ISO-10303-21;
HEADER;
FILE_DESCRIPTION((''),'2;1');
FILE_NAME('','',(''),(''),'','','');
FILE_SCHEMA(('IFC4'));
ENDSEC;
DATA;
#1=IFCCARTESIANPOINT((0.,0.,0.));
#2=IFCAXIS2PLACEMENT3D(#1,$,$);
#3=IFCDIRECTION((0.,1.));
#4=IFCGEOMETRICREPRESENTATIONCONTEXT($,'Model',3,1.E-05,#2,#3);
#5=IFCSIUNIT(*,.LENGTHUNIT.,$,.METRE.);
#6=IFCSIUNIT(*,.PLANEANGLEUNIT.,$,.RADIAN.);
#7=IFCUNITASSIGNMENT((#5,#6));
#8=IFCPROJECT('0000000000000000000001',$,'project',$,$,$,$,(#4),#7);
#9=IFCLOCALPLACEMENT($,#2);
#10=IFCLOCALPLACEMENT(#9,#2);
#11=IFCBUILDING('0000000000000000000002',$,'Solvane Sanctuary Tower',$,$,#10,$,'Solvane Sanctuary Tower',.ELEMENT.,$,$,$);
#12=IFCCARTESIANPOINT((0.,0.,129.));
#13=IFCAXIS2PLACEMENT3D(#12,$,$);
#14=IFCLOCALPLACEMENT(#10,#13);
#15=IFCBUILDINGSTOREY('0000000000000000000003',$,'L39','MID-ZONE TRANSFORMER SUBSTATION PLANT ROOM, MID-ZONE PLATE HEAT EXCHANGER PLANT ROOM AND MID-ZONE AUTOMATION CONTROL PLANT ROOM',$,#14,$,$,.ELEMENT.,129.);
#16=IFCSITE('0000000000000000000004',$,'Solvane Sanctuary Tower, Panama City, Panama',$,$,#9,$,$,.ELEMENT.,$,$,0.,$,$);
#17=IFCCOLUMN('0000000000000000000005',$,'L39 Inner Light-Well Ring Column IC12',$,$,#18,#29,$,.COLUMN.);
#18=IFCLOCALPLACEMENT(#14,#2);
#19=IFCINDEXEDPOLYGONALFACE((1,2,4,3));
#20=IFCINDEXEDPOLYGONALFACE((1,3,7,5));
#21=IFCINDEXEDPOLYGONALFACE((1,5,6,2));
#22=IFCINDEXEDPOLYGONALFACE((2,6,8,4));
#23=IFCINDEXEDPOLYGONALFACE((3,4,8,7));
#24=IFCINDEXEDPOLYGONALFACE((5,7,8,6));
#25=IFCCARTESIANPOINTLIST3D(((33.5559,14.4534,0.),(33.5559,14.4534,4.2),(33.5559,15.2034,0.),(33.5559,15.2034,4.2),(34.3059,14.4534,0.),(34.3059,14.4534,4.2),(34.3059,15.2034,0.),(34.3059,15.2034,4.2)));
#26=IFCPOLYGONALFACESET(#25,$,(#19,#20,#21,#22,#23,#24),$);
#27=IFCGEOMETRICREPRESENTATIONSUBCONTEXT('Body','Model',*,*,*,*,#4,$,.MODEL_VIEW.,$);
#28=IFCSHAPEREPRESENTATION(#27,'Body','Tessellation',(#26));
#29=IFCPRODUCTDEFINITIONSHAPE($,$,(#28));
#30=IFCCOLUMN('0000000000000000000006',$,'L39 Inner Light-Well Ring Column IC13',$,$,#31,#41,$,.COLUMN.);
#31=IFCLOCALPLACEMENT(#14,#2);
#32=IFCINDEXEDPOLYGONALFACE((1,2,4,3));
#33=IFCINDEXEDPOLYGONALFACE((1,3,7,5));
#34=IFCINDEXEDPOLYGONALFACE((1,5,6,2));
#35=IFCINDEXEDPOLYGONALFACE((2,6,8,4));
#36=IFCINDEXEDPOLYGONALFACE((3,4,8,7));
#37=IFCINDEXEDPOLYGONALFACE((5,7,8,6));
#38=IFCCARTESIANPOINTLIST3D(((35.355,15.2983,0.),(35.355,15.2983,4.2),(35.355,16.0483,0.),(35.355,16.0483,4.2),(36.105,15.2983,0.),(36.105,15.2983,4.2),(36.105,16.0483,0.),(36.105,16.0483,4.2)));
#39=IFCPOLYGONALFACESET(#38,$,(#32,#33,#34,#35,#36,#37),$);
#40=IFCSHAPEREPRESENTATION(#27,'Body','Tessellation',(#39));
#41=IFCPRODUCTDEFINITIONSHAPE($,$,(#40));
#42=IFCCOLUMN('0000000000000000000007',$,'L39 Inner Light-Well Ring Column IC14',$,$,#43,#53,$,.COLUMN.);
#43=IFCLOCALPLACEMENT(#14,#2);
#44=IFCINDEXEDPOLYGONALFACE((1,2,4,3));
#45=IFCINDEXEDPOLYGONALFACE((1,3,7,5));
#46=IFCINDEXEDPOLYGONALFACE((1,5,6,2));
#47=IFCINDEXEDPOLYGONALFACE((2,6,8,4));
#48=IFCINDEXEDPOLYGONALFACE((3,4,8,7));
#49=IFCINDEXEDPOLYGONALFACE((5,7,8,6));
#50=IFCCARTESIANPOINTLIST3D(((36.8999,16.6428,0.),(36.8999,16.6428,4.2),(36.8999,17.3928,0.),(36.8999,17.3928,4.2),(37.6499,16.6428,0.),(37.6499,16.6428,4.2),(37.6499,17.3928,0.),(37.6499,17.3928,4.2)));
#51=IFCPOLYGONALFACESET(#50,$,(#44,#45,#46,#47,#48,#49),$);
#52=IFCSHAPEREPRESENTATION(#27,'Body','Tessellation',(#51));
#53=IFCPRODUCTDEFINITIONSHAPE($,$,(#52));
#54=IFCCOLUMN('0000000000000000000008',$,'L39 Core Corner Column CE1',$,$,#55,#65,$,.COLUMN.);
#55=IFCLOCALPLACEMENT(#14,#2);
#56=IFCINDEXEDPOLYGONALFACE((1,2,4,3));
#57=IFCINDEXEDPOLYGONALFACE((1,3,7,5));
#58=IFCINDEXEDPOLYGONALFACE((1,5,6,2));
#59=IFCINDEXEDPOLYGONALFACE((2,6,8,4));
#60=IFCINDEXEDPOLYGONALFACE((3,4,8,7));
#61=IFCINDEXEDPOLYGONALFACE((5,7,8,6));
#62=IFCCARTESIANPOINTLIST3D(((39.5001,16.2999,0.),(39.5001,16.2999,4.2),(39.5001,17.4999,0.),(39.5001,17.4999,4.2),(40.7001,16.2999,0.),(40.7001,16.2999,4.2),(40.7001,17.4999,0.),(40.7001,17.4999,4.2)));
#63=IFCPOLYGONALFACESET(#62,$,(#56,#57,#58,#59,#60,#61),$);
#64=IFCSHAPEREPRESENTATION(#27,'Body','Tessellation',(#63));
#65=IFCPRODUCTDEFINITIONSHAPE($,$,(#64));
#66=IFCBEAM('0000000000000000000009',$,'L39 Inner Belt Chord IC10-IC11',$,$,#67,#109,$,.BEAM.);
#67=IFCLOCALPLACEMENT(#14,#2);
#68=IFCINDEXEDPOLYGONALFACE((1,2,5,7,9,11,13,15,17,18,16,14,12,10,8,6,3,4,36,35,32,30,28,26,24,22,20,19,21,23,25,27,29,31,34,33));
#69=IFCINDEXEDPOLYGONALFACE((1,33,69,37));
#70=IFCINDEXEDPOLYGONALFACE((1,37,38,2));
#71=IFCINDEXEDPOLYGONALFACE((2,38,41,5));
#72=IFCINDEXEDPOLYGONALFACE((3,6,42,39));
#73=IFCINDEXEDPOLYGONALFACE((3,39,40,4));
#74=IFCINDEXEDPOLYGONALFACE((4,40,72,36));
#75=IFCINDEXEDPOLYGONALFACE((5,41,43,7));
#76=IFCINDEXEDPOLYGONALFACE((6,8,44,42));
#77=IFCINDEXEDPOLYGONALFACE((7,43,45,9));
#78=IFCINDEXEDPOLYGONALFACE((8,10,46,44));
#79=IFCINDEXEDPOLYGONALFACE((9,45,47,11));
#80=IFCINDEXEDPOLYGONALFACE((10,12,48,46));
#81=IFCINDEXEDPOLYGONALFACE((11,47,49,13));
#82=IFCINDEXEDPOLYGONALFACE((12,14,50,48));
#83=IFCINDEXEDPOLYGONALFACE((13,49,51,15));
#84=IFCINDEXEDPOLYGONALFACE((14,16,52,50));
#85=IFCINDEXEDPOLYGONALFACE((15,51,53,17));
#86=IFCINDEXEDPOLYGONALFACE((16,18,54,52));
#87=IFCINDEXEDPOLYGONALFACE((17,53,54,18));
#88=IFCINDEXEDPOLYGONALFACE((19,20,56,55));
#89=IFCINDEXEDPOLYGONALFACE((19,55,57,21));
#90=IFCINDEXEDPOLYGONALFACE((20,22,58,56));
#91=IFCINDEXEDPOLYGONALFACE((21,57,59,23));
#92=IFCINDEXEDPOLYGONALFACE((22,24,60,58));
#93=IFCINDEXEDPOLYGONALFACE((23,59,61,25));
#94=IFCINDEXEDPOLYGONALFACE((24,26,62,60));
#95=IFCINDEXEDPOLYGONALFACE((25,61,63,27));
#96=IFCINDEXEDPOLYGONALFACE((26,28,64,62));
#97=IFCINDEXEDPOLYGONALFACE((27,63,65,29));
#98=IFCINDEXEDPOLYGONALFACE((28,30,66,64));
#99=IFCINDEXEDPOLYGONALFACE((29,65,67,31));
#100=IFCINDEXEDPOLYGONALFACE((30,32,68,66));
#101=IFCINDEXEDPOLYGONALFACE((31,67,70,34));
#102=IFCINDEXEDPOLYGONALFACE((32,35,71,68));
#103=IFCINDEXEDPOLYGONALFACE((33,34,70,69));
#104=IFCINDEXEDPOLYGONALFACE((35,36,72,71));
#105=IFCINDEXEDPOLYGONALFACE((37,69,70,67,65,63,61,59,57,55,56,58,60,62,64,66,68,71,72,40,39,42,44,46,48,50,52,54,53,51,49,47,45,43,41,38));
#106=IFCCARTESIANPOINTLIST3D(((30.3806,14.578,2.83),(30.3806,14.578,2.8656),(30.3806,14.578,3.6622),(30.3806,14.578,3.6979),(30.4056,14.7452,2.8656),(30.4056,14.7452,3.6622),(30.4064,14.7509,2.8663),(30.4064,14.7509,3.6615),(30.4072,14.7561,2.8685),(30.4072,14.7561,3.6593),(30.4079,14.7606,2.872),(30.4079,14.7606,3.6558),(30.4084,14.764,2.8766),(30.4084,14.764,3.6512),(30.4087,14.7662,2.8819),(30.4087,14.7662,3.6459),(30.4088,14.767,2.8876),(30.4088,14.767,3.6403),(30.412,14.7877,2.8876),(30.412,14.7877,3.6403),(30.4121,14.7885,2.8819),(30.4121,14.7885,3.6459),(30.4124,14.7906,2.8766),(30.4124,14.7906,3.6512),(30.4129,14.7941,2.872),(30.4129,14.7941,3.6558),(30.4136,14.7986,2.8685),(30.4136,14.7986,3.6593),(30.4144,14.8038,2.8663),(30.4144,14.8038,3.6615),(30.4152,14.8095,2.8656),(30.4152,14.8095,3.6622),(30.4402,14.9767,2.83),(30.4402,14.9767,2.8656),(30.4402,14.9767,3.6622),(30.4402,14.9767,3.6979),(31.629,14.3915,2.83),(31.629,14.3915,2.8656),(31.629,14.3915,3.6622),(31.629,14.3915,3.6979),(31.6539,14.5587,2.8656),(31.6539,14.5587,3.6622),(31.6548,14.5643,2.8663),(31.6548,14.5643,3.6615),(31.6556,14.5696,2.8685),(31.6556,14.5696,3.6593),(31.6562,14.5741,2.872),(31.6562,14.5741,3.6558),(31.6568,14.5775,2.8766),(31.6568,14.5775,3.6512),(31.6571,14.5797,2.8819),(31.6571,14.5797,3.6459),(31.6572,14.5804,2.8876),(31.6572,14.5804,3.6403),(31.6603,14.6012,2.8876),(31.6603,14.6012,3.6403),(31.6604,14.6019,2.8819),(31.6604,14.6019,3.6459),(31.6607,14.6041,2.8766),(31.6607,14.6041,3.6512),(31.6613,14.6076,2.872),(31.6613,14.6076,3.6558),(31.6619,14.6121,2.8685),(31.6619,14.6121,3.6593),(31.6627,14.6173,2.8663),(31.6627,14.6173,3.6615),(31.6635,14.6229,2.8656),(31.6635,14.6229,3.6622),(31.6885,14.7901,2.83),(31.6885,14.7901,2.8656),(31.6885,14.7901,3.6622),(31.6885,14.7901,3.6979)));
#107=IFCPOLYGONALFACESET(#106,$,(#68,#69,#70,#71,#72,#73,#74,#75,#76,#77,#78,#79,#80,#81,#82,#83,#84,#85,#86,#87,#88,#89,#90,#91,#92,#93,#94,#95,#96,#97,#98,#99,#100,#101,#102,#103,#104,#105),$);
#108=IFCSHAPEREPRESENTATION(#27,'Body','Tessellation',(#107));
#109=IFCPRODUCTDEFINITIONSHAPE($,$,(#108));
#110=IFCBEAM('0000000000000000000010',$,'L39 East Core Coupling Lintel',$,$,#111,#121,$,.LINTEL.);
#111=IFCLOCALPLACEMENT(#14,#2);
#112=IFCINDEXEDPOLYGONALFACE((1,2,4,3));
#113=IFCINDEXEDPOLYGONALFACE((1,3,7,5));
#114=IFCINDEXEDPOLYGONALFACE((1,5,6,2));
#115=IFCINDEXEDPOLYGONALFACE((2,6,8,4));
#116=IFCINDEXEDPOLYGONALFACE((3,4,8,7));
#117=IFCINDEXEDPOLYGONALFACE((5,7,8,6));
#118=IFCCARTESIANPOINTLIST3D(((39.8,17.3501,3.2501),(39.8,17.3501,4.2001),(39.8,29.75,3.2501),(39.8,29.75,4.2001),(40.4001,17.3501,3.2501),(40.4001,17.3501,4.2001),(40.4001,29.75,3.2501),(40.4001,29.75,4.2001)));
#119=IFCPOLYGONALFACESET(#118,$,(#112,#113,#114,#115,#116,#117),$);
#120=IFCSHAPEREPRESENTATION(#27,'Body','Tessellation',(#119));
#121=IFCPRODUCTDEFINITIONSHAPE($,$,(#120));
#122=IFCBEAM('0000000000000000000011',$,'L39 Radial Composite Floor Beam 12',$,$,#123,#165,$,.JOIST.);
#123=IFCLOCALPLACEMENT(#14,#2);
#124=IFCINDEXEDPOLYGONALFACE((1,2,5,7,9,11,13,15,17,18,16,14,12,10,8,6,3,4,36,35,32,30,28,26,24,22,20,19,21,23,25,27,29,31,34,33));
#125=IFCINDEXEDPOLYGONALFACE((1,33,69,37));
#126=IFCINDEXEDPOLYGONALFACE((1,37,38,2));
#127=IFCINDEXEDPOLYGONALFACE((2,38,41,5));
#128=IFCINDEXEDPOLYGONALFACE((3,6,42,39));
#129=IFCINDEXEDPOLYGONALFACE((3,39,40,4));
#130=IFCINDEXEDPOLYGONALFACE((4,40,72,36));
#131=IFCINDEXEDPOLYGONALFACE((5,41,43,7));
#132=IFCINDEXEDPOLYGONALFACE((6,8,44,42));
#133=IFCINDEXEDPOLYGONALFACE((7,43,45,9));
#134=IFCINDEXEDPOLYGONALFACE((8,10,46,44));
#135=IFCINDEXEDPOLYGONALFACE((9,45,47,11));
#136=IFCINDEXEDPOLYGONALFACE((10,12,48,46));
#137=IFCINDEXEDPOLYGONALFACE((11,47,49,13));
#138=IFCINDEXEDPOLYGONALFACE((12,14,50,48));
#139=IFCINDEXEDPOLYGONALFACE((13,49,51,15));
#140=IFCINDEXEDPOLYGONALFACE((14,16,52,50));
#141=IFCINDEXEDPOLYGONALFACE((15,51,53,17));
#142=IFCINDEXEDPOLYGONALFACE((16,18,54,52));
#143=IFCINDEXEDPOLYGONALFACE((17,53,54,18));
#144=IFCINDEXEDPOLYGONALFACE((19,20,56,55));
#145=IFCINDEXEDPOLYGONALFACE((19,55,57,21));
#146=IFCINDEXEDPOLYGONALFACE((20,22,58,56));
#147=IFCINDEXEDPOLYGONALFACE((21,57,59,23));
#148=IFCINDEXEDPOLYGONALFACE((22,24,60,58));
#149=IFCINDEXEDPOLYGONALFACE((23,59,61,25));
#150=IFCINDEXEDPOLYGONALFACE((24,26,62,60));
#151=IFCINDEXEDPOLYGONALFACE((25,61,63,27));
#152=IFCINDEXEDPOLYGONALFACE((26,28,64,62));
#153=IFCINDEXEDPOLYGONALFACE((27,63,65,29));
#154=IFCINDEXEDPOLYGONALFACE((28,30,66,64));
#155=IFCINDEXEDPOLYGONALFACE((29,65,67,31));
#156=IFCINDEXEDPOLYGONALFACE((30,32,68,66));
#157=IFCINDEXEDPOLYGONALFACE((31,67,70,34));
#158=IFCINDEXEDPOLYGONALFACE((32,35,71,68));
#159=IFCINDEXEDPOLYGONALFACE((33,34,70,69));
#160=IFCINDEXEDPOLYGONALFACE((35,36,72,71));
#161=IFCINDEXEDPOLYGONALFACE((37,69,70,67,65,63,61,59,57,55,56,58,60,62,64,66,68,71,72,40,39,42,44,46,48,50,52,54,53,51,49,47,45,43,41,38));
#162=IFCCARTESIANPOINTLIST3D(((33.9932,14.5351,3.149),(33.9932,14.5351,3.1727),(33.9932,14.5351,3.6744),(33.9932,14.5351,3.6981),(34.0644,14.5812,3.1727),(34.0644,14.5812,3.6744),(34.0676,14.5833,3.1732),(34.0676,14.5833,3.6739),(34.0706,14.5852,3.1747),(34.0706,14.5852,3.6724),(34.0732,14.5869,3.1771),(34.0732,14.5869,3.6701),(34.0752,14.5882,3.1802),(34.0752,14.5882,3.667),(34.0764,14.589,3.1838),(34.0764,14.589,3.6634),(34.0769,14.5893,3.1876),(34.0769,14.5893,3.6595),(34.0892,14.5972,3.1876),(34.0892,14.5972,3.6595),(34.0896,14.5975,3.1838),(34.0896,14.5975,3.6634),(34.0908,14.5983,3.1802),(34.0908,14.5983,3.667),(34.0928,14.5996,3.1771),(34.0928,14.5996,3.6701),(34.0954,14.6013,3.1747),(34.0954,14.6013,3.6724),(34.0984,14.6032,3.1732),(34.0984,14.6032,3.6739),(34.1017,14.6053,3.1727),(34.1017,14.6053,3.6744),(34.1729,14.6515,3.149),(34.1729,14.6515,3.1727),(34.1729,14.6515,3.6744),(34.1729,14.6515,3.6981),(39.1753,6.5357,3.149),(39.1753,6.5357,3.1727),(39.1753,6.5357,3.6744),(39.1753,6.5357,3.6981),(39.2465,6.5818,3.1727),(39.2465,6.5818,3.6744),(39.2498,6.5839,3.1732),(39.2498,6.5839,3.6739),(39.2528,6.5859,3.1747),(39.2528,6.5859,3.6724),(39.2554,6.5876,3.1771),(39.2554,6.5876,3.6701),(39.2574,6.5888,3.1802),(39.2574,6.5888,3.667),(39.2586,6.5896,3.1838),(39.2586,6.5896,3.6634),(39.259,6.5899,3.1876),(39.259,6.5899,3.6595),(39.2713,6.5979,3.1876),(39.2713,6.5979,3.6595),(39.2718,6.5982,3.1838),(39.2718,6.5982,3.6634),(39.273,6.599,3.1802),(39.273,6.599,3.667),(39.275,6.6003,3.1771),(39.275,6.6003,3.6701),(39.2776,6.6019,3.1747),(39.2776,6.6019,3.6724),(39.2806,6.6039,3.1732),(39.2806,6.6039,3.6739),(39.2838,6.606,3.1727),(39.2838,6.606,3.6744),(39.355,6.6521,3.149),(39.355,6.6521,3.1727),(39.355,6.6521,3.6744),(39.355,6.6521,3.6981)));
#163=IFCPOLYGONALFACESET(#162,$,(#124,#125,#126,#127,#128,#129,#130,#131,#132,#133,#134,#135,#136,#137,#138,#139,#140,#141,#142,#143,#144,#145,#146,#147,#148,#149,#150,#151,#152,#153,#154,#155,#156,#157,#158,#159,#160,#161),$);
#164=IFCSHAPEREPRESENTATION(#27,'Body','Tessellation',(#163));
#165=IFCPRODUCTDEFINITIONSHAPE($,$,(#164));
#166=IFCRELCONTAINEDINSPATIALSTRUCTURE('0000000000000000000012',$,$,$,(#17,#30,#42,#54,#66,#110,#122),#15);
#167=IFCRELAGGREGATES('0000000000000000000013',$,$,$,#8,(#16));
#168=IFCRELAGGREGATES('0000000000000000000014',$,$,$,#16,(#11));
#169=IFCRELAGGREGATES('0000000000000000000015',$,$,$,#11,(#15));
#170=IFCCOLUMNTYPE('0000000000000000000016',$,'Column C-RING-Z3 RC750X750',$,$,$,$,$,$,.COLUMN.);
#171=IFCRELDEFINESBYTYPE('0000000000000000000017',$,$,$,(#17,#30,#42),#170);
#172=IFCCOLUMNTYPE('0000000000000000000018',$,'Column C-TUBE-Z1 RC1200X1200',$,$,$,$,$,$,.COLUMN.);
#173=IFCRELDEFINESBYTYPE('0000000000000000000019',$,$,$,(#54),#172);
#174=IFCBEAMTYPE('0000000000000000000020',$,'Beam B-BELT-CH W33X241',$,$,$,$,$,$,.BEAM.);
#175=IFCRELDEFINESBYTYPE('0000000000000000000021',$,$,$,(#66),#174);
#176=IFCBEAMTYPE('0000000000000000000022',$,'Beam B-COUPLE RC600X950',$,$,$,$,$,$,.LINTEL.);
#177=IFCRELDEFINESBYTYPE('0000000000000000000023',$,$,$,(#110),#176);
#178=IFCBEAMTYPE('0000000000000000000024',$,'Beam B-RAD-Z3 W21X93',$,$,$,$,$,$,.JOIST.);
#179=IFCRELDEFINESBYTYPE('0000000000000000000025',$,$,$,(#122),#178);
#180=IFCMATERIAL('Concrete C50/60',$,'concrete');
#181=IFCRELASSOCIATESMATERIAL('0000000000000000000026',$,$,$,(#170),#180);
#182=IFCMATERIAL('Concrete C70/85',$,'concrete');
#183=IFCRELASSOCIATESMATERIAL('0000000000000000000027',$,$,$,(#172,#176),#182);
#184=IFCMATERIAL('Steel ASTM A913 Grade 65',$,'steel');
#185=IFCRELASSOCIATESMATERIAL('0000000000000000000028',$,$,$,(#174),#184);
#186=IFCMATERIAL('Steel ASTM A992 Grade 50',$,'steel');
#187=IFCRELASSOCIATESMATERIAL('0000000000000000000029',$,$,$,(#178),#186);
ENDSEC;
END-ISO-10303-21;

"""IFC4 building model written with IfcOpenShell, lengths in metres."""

from ifc_helpers import new_model, si_unit, direction, frame, origin, origin_2d, place, context, subcontext, project, spatial, rectangle, i_section, extrude, material, material_profile, profile_set, type_object, element, save


model = new_model("IFC4")

# Units and contexts
model_context = context("Model", 3, precision=1e-05, world=origin(), true_north=direction((0.0, 1.0)))
body_context = subcontext(model_context, "Body", "Model", "MODEL_VIEW")
ifc_project = project(units=[si_unit("LENGTHUNIT", "METRE"), si_unit("PLANEANGLEUNIT", "RADIAN")], contexts=[model_context])

# Site, building, storey
site_placement = place(None, origin())
site = spatial("IfcSite", under=ifc_project, at=site_placement, Name="Solvane Sanctuary Tower, Panama City, Panama", CompositionType="ELEMENT", RefElevation=0.0)
building_placement = place(site_placement, origin())
building = spatial("IfcBuilding", under=site, at=building_placement, Name="Solvane Sanctuary Tower", LongName="Solvane Sanctuary Tower", CompositionType="ELEMENT")
storey_placement = place(building_placement, frame((0.0, 0.0, 129.0)))
storey = spatial("IfcBuildingStorey", under=building, at=storey_placement, Name="L39", Description="MID-ZONE TRANSFORMER SUBSTATION PLANT ROOM, MID-ZONE PLATE HEAT EXCHANGER PLANT ROOM AND MID-ZONE AUTOMATION CONTROL PLANT ROOM", CompositionType="ELEMENT", Elevation=129.0)

# Columns
ifc_material_1 = material(Name="Concrete C50/60", Category="concrete")
ifc_material_profile_1 = material_profile(ifc_material_1, rectangle(XDim=0.75, YDim=0.75, at=origin_2d()), Name="RC750X750")
ifc_profile_set_1 = profile_set([ifc_material_profile_1], Name="Concrete C50/60")
column_type_1 = type_object("IfcColumnType", Name="Column C-RING-Z3 RC750X750", PredefinedType="COLUMN", material=ifc_profile_set_1)
for number, where, z_axis, x_axis, name in (
    (1, (33.9309, 14.8284, 0.0), (0.0, 0.0, 1.0), (1.0, 0.0, 0.0), "L39 Inner Light-Well Ring Column IC12"),
    (2, (35.73, 15.6733, 0.0), (0.0, 0.0, 1.0), (1.0, 0.0, 0.0), "L39 Inner Light-Well Ring Column IC13"),
    (3, (37.2749, 17.0178, 0.0), (0.0, 0.0, 1.0), (1.0, 0.0, 0.0), "L39 Inner Light-Well Ring Column IC14"),
):
    element("IfcColumn", number, at=place(storey_placement, frame(where, z_axis=z_axis, x_axis=x_axis)), inside=storey, type_object=column_type_1, Name=name, PredefinedType="COLUMN", context=body_context, shape_type="SweptSolid", body=[
        extrude(rectangle(XDim=0.75, YDim=0.75, at=origin_2d()), origin(), (0.0, 0.0, 1.0), 4.2),
    ])
ifc_material_2 = material(Name="Concrete C70/85", Category="concrete")
ifc_material_profile_2 = material_profile(ifc_material_2, rectangle(XDim=1.2, YDim=1.2, at=origin_2d()), Name="RC1200X1200")
ifc_profile_set_2 = profile_set([ifc_material_profile_2], Name="Concrete C70/85")
column_type_2 = type_object("IfcColumnType", Name="Column C-TUBE-Z1 RC1200X1200", PredefinedType="COLUMN", material=ifc_profile_set_2)
column_placement = place(storey_placement, frame((40.1001, 16.8999, 0.0), z_axis=(0.0, 0.0, 1.0), x_axis=(1.0, 0.0, 0.0)))
element("IfcColumn", 4, at=column_placement, inside=storey, type_object=column_type_2, Name="L39 Core Corner Column CE1", PredefinedType="COLUMN", context=body_context, shape_type="SweptSolid", body=[
    extrude(rectangle(XDim=1.2, YDim=1.2, at=origin_2d()), origin(), (0.0, 0.0, 1.0), 4.2),
])

# Beams
ifc_material_3 = material(Name="Steel ASTM A913 Grade 65", Category="steel")
ifc_material_profile_3 = material_profile(ifc_material_3, i_section(OverallWidth=0.4031, OverallDepth=0.8679, WebThickness=0.021, FlangeThickness=0.0356, FilletRadius=0.022, at=origin_2d()), Name="W33X241")
ifc_profile_set_3 = profile_set([ifc_material_profile_3], Name="Steel ASTM A913 Grade 65")
beam_type_1 = type_object("IfcBeamType", Name="Beam B-BELT-CH W33X241", PredefinedType="BEAM", material=ifc_profile_set_3)
beam_1_placement = place(storey_placement, frame((30.4104, 14.7773, 3.2639), z_axis=(0.98902, -0.147782, 0.0), x_axis=(0.147782, 0.98902, 0.0)))
element("IfcBeam", 5, at=beam_1_placement, inside=storey, type_object=beam_type_1, Name="L39 Inner Belt Chord IC10-IC11", PredefinedType="BEAM", context=body_context, shape_type="SweptSolid", body=[
    extrude(i_section(OverallWidth=0.4031, OverallDepth=0.8679, WebThickness=0.021, FlangeThickness=0.0356, FilletRadius=0.022, at=origin_2d()), origin(), (0.0, 0.0, 1.0), 1.2622),
])
ifc_material_profile_4 = material_profile(ifc_material_2, rectangle(XDim=0.6001, YDim=0.95, at=origin_2d()), Name="RC600X950")
ifc_profile_set_4 = profile_set([ifc_material_profile_4], Name="Concrete C70/85")
beam_type_2 = type_object("IfcBeamType", Name="Beam B-COUPLE RC600X950", PredefinedType="LINTEL", material=ifc_profile_set_4)
beam_2_placement = place(storey_placement, frame((40.1001, 17.3501, 3.7251), z_axis=(0.0, 1.0, 0.0), x_axis=(-1.0, 0.0, 0.0)))
element("IfcBeam", 6, at=beam_2_placement, inside=storey, type_object=beam_type_2, Name="L39 East Core Coupling Lintel", PredefinedType="LINTEL", context=body_context, shape_type="SweptSolid", body=[
    extrude(rectangle(XDim=0.6001, YDim=0.95, at=origin_2d()), origin(), (0.0, 0.0, 1.0), 12.3999),
])
ifc_material_4 = material(Name="Steel ASTM A992 Grade 50", Category="steel")
ifc_material_profile_5 = material_profile(ifc_material_4, i_section(OverallWidth=0.2141, OverallDepth=0.5491, WebThickness=0.0146, FlangeThickness=0.0237, FilletRadius=0.0149, at=origin_2d()), Name="W21X93")
ifc_profile_set_5 = profile_set([ifc_material_profile_5], Name="Steel ASTM A992 Grade 50")
beam_type_3 = type_object("IfcBeamType", Name="Beam B-RAD-Z3 W21X93", PredefinedType="JOIST", material=ifc_profile_set_5)
beam_3_placement = place(storey_placement, frame((34.083, 14.5933, 3.4236), z_axis=(0.543705, -0.839277, 0.0), x_axis=(0.839277, 0.543705, 0.0)))
element("IfcBeam", 7, at=beam_3_placement, inside=storey, type_object=beam_type_3, Name="L39 Radial Composite Floor Beam 12", PredefinedType="JOIST", context=body_context, shape_type="SweptSolid", body=[
    extrude(i_section(OverallWidth=0.2141, OverallDepth=0.5491, WebThickness=0.0146, FlangeThickness=0.0237, FilletRadius=0.0149, at=origin_2d()), origin(), (0.0, 0.0, 1.0), 9.5312),
])

save(model, "model.ifc")
